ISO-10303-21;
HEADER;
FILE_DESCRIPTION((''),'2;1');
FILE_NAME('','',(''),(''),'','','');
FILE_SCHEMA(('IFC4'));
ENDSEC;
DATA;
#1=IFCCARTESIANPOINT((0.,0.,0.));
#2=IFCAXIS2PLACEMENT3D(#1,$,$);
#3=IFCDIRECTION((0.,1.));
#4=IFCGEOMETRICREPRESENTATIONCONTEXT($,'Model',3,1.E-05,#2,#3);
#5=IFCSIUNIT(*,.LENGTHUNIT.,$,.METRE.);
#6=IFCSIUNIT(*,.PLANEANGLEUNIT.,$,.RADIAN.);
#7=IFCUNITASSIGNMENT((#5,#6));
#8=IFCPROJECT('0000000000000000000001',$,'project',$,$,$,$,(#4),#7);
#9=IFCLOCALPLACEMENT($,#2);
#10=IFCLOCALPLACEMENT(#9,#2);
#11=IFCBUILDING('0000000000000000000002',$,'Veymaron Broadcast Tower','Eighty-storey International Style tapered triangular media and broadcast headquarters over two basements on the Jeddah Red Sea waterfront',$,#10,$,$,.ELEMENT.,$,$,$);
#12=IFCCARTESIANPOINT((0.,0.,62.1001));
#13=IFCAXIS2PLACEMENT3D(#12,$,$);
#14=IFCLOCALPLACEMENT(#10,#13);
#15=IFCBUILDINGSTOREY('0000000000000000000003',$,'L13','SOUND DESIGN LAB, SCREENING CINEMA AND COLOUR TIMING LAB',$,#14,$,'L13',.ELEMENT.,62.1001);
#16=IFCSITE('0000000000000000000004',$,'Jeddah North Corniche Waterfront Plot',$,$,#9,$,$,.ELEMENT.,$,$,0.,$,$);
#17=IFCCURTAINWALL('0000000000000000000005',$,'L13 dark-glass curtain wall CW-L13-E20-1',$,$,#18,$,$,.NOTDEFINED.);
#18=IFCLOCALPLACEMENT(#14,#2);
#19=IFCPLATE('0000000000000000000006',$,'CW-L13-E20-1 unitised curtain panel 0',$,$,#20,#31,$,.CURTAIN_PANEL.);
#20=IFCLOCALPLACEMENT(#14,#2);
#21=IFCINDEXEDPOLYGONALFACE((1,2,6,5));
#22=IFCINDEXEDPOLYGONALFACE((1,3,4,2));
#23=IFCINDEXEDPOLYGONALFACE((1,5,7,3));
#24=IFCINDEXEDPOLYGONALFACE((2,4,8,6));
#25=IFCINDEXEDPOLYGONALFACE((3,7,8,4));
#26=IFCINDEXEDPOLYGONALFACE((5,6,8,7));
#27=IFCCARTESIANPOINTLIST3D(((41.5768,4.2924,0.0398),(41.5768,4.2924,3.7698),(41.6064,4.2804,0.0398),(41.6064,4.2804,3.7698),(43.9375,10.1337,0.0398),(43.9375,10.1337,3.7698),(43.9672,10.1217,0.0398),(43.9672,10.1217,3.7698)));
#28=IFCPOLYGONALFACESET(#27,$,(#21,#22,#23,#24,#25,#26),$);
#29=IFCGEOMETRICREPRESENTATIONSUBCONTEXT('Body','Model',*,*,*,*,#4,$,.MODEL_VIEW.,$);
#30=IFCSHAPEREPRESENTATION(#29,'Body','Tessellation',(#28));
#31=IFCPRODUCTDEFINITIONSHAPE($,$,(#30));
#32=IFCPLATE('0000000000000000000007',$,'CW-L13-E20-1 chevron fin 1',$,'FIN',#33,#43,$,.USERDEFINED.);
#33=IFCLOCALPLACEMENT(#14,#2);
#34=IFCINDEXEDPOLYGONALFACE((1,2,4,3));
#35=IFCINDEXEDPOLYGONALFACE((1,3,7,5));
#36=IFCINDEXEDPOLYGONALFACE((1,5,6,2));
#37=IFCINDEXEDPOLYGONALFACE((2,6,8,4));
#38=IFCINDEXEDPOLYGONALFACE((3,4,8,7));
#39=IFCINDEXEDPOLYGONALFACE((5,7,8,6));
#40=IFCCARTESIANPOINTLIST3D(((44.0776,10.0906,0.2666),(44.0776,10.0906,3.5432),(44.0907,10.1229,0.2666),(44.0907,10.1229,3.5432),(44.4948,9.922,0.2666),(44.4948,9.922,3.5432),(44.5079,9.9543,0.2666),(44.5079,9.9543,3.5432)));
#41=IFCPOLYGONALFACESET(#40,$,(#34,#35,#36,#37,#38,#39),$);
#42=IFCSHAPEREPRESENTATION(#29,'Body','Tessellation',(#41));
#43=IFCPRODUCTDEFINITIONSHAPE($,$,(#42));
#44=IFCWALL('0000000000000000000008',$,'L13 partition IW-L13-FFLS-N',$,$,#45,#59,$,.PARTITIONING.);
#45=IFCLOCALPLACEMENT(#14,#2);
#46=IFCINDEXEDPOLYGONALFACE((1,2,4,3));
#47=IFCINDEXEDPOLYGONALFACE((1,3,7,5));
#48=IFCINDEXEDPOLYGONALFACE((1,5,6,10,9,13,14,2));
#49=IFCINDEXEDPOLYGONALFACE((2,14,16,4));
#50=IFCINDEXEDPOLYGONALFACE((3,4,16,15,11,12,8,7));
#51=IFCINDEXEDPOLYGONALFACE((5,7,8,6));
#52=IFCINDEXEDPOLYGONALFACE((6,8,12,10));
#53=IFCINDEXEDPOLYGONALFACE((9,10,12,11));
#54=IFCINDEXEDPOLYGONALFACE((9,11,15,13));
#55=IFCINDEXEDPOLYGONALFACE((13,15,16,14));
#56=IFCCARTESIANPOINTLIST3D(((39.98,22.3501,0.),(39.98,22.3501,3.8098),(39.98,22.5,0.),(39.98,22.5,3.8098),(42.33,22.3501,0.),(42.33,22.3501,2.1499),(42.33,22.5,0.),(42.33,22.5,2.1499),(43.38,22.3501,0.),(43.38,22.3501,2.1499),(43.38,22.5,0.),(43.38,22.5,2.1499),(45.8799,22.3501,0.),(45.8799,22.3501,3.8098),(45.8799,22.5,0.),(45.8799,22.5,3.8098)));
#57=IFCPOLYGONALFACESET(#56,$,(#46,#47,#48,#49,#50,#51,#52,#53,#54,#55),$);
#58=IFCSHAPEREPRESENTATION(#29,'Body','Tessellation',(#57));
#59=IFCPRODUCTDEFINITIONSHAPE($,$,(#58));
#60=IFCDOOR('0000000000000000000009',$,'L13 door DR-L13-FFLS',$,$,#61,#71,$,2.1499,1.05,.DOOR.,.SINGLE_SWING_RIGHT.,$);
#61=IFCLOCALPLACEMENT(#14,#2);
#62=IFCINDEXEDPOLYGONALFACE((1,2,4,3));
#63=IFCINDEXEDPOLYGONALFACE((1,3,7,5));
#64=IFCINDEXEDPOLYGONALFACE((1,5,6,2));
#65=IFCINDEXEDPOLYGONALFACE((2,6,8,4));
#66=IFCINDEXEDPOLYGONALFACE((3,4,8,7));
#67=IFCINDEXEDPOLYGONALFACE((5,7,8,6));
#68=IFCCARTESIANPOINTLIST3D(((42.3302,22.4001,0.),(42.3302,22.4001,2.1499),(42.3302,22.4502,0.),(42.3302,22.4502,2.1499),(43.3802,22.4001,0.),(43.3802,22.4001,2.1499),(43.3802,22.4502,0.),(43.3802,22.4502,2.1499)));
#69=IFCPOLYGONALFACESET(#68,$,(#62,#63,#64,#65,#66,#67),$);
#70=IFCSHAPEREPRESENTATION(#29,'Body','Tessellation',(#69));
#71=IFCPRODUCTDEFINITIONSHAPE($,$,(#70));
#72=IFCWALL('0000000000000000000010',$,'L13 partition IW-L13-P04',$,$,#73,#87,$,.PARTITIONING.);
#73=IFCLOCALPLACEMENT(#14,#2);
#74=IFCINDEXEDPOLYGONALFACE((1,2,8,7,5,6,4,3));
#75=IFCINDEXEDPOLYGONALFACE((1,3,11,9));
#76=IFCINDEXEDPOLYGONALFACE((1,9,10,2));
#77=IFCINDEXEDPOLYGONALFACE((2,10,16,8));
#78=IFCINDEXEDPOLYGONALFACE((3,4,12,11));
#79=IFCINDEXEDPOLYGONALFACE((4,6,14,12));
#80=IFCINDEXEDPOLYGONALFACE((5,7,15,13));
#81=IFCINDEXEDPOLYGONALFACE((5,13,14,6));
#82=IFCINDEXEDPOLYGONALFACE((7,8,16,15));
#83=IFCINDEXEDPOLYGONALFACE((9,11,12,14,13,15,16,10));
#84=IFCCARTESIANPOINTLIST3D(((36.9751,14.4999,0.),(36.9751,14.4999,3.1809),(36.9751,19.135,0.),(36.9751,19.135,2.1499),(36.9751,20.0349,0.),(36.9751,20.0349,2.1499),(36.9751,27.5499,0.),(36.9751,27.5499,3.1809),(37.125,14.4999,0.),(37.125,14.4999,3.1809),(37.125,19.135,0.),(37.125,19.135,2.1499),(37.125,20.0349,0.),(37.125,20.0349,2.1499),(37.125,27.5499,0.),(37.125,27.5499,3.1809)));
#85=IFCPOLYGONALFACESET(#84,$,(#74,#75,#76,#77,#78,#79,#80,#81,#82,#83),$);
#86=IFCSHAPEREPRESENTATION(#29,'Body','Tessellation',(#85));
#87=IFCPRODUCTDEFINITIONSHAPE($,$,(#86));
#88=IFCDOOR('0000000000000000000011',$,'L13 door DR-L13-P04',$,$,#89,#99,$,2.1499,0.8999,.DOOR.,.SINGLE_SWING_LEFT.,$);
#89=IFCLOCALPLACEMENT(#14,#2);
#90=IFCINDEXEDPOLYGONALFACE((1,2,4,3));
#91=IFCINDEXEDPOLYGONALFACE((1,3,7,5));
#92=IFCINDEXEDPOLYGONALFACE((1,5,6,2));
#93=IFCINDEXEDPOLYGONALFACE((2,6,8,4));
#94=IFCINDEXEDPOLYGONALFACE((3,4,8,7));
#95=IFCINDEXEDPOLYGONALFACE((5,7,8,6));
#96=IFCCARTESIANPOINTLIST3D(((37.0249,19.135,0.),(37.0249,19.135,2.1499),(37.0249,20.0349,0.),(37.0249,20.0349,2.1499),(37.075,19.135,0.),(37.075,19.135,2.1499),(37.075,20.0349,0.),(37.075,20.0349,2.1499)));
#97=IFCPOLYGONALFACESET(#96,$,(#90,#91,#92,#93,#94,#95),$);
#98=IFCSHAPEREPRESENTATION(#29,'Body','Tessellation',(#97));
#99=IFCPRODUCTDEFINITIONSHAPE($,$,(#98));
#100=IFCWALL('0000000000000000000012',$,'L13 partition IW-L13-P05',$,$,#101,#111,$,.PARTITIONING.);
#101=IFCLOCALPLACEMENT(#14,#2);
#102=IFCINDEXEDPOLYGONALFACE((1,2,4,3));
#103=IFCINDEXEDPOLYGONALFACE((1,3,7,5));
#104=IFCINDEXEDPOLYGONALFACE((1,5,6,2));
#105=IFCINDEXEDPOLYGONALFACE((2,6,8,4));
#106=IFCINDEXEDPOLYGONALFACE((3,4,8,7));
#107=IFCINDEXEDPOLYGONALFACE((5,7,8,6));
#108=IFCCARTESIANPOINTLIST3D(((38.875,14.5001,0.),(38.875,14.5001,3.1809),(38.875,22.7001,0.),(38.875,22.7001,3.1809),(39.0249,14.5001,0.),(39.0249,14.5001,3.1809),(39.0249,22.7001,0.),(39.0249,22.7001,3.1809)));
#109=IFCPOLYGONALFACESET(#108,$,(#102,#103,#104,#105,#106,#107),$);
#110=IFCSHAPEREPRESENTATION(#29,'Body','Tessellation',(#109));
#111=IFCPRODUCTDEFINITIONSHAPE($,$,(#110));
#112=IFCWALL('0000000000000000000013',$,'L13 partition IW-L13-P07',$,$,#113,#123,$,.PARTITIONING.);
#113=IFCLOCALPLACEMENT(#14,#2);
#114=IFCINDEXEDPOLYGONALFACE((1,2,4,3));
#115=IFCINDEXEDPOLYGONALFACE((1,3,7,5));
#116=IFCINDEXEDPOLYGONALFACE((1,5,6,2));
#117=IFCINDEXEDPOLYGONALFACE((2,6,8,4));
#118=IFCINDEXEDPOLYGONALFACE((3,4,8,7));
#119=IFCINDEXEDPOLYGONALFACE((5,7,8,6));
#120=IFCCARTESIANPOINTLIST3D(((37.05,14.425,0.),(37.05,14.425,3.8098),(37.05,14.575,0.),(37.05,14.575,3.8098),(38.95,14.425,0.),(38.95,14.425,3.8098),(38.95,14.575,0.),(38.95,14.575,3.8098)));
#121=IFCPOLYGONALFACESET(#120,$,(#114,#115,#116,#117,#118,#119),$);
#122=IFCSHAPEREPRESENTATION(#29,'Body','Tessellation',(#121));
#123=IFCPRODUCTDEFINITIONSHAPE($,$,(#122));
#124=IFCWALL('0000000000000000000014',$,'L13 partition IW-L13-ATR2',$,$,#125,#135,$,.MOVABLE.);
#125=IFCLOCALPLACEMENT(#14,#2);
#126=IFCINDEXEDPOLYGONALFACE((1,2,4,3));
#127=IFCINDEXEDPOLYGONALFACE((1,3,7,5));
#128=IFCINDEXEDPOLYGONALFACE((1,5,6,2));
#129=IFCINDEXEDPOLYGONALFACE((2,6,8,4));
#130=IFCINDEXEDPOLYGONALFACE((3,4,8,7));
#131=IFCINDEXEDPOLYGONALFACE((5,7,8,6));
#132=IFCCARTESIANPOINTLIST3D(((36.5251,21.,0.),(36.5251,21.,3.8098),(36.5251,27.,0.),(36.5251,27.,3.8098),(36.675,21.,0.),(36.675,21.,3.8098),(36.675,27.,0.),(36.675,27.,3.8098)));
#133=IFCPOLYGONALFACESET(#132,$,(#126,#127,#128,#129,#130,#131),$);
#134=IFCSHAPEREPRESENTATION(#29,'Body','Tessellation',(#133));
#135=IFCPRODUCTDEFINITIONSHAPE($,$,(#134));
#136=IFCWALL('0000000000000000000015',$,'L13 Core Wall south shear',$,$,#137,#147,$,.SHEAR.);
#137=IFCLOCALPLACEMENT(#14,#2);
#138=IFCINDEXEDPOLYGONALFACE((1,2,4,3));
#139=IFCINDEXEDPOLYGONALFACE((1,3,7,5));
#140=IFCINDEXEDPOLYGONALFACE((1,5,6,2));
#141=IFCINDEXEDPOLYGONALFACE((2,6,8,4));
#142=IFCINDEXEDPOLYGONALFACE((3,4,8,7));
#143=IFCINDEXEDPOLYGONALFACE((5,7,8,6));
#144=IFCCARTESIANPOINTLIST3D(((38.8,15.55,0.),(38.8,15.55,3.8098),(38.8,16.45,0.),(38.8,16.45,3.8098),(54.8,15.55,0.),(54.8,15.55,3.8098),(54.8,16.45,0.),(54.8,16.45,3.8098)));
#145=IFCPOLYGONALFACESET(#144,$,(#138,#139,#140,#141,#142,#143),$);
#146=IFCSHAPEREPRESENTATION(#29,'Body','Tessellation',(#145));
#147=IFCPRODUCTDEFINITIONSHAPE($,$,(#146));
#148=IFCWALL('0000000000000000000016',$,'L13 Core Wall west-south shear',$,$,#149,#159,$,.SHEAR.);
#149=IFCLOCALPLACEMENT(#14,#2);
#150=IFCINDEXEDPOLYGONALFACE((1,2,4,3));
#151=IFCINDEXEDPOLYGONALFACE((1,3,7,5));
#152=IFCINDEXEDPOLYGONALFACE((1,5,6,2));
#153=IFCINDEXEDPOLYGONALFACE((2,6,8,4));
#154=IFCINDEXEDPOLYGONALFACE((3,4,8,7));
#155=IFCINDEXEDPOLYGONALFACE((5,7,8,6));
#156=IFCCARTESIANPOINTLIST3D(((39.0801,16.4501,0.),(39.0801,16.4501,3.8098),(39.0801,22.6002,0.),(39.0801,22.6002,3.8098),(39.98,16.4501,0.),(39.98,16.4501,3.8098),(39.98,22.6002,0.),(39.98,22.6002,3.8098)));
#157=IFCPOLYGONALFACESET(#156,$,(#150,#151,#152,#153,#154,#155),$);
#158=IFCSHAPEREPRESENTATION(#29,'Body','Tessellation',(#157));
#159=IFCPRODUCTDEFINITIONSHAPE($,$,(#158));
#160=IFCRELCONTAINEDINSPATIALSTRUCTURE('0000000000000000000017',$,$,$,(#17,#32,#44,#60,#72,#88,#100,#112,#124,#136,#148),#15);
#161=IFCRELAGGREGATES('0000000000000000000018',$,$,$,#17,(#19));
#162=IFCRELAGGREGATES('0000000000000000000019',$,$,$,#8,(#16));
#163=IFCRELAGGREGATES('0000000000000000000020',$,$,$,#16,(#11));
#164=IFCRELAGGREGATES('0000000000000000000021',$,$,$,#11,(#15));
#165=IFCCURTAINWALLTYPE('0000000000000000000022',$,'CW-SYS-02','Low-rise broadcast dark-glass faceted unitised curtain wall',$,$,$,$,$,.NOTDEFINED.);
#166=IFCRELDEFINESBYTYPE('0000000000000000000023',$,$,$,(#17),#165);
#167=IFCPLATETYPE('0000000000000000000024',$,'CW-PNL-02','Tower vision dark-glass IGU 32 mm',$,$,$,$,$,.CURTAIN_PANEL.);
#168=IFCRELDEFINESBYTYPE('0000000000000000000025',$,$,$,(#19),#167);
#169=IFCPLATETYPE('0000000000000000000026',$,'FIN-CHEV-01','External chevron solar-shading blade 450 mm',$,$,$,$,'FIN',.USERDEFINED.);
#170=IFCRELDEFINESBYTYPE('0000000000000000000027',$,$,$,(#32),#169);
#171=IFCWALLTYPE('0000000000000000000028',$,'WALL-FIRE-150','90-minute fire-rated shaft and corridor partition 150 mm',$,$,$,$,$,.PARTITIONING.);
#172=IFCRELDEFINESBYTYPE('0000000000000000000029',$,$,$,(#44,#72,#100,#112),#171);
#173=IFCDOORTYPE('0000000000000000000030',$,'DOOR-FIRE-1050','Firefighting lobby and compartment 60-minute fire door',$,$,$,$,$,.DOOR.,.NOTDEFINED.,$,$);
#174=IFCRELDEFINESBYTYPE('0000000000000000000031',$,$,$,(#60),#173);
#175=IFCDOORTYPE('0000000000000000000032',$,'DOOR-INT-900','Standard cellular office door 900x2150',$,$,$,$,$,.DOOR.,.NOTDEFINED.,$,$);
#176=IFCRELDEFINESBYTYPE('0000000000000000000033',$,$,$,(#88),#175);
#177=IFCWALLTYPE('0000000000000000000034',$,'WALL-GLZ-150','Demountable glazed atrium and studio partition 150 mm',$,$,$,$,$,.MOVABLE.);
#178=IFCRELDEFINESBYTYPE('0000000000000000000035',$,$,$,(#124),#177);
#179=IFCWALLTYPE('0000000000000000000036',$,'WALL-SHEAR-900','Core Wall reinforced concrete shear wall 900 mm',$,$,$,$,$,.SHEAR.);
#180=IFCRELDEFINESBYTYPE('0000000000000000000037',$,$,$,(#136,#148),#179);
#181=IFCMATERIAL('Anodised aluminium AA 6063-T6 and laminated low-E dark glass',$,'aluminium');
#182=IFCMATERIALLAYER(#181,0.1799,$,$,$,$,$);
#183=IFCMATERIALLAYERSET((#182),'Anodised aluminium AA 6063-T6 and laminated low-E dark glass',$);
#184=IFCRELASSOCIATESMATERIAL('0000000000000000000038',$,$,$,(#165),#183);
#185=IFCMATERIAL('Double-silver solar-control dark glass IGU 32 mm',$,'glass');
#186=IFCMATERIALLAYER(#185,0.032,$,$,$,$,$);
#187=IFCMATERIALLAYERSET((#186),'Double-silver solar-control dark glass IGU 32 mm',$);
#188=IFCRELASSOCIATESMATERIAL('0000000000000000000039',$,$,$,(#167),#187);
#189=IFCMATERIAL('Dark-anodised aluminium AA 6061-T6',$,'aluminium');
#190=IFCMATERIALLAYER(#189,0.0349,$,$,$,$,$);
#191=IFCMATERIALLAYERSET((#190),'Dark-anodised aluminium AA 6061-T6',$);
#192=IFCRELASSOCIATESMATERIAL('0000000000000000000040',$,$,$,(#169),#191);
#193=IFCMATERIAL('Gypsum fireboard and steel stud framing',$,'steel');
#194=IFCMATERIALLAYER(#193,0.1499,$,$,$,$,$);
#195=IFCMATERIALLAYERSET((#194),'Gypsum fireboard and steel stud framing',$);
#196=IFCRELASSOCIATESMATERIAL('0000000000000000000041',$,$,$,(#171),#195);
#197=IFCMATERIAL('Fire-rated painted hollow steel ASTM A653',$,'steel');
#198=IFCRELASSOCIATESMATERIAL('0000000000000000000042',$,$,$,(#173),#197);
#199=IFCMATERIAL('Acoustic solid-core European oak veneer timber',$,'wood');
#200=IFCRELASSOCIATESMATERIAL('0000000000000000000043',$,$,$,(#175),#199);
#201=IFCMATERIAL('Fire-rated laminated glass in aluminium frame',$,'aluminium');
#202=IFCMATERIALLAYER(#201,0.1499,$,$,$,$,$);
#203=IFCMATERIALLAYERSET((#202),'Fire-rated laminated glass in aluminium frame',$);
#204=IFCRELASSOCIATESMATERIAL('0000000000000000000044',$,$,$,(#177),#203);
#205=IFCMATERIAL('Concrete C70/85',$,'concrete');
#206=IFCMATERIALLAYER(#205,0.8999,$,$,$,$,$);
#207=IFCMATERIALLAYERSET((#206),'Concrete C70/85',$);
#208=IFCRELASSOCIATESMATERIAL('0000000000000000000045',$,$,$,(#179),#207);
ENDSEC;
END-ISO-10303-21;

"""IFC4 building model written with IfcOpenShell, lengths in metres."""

from ifc_helpers import new_model, si_unit, direction, frame, frame_2d, origin, origin_2d, place, context, subcontext, project, spatial, rectangle, extrude, material, layer, layer_set, type_object, element, fill, aggregate, save


model = new_model("IFC4")

# Units and contexts
model_context = context("Model", 3, precision=1e-05, world=origin(), true_north=direction((0.0, 1.0)))
body_context = subcontext(model_context, "Body", "Model", "MODEL_VIEW")
ifc_project = project(units=[si_unit("LENGTHUNIT", "METRE"), si_unit("PLANEANGLEUNIT", "RADIAN")], contexts=[model_context])

# Site, building, storey
site_placement = place(None, origin())
site = spatial("IfcSite", under=ifc_project, at=site_placement, Name="Jeddah North Corniche Waterfront Plot", CompositionType="ELEMENT", RefElevation=0.0)
building_placement = place(site_placement, origin())
building = spatial("IfcBuilding", under=site, at=building_placement, Name="Veymaron Broadcast Tower", Description="Eighty-storey International Style tapered triangular media and broadcast headquarters over two basements on the Jeddah Red Sea waterfront", CompositionType="ELEMENT")
storey_placement = place(building_placement, frame((0.0, 0.0, 62.1001)))
storey = spatial("IfcBuildingStorey", under=building, at=storey_placement, Name="L13", Description="SOUND DESIGN LAB, SCREENING CINEMA AND COLOUR TIMING LAB", LongName="L13", CompositionType="ELEMENT", Elevation=62.1001)

# Shared definitions
ifc_material_1 = material(Name="Concrete C70/85", Category="concrete")

# Curtain wall, plate
ifc_material_2 = material(Name="Anodised aluminium AA 6063-T6 and laminated low-E dark glass", Category="aluminium")
ifc_layer_1 = layer(ifc_material_2, 0.1799)
ifc_layer_set_1 = layer_set([ifc_layer_1], Name="Anodised aluminium AA 6063-T6 and laminated low-E dark glass")
curtain_wall_type = type_object("IfcCurtainWallType", Name="CW-SYS-02", Description="Low-rise broadcast dark-glass faceted unitised curtain wall", PredefinedType="NOTDEFINED", material=ifc_layer_set_1)
curtain_wall_placement = place(storey_placement, origin())
curtain_wall = element("IfcCurtainWall", 1, at=curtain_wall_placement, inside=storey, type_object=curtain_wall_type, Name="L13 dark-glass curtain wall CW-L13-E20-1", PredefinedType="NOTDEFINED")
ifc_material_3 = material(Name="Double-silver solar-control dark glass IGU 32 mm", Category="glass")
ifc_layer_2 = layer(ifc_material_3, 0.032)
ifc_layer_set_2 = layer_set([ifc_layer_2], Name="Double-silver solar-control dark glass IGU 32 mm")
plate_type_1 = type_object("IfcPlateType", Name="CW-PNL-02", Description="Tower vision dark-glass IGU 32 mm", PredefinedType="CURTAIN_PANEL", material=ifc_layer_set_2)
plate_1_placement = place(storey_placement, frame((42.772, 7.207, 0.0398), z_axis=(0.0, 0.0, 1.0), x_axis=(0.374704, 0.927145, 0.0)))
plate_1 = element("IfcPlate", 2, at=plate_1_placement, type_object=plate_type_1, Name="CW-L13-E20-1 unitised curtain panel 0", PredefinedType="CURTAIN_PANEL", context=body_context, shape_type="SweptSolid", body=[
    extrude(rectangle(XDim=6.3003, YDim=0.032, at=origin_2d()), origin(), (0.0, 0.0, 1.0), 3.73),
])
aggregate(curtain_wall, [plate_1])

# Plate
ifc_material_4 = material(Name="Dark-anodised aluminium AA 6061-T6", Category="aluminium")
ifc_layer_3 = layer(ifc_material_4, 0.0349)
ifc_layer_set_3 = layer_set([ifc_layer_3], Name="Dark-anodised aluminium AA 6061-T6")
plate_type_2 = type_object("IfcPlateType", Name="FIN-CHEV-01", Description="External chevron solar-shading blade 450 mm", ElementType="FIN", PredefinedType="USERDEFINED", material=ifc_layer_set_3)
plate_2_placement = place(storey_placement, frame((44.2927, 10.0225, 0.2666), z_axis=(0.0, 0.0, 1.0), x_axis=(0.927145, -0.374704, 0.0)))
element("IfcPlate", 3, at=plate_2_placement, inside=storey, type_object=plate_type_2, Name="CW-L13-E20-1 chevron fin 1", ObjectType="FIN", PredefinedType="USERDEFINED", context=body_context, shape_type="SweptSolid", body=[
    extrude(rectangle(XDim=0.45, YDim=0.0349, at=origin_2d()), origin(), (0.0, 0.0, 1.0), 3.2766),
])

# Walls, openings, doors
ifc_material_5 = material(Name="Gypsum fireboard and steel stud framing", Category="steel")
ifc_layer_4 = layer(ifc_material_5, 0.1499)
ifc_layer_set_4 = layer_set([ifc_layer_4], Name="Gypsum fireboard and steel stud framing")
wall_type_1 = type_object("IfcWallType", Name="WALL-FIRE-150", Description="90-minute fire-rated shaft and corridor partition 150 mm", PredefinedType="PARTITIONING", material=ifc_layer_set_4)
wall_1_placement = place(storey_placement, frame((39.98, 22.425, 0.0), z_axis=(0.0, 0.0, 1.0), x_axis=(1.0, 0.0, 0.0)))
wall_1 = element("IfcWall", 4, at=wall_1_placement, inside=storey, type_object=wall_type_1, Name="L13 partition IW-L13-FFLS-N", PredefinedType="PARTITIONING", context=body_context, shape_type="SweptSolid", body=[
    extrude(rectangle(XDim=5.8999, YDim=0.1499, at=frame_2d((2.95, 0.0))), origin(), (0.0, 0.0, 1.0), 3.8098),
])
opening_1_placement = place(wall_1_placement, frame((2.3501, 0.0, 0.0)))
opening_1 = element("IfcOpeningElement", 5, at=opening_1_placement, cuts=wall_1, PredefinedType="OPENING", context=body_context, shape_type="SweptSolid", body=[
    extrude(rectangle(XDim=1.05, YDim=2.1499, at=frame_2d((0.5249, 1.075))), frame((0.0, 0.085, 0.0), z_axis=(0.0, -1.0, 0.0), x_axis=(1.0, 0.0, 0.0)), (0.0, 0.0, 1.0), 0.1699),
])
ifc_material_6 = material(Name="Fire-rated painted hollow steel ASTM A653", Category="steel")
door_type_1 = type_object("IfcDoorType", Name="DOOR-FIRE-1050", Description="Firefighting lobby and compartment 60-minute fire door", OperationType="NOTDEFINED", PredefinedType="DOOR", material=ifc_material_6)
door_1_placement = place(opening_1_placement, frame((1.05, 0.0, 0.0), z_axis=(0.0, 0.0, 1.0), x_axis=(-1.0, 0.0, 0.0)))
door_1 = element("IfcDoor", 6, at=door_1_placement, inside=storey, type_object=door_type_1, Name="L13 door DR-L13-FFLS", OperationType="SINGLE_SWING_RIGHT", OverallHeight=2.1499, OverallWidth=1.05, PredefinedType="DOOR", context=body_context, shape_type="SweptSolid", body=[
    extrude(rectangle(XDim=1.05, YDim=2.1499, at=frame_2d((0.5249, 1.075))), frame((0.0, 0.0249, 0.0), z_axis=(0.0, -1.0, 0.0), x_axis=(1.0, 0.0, 0.0)), (0.0, 0.0, 1.0), 0.05),
])
fill(opening_1, door_1)
wall_2_placement = place(storey_placement, frame((37.05, 14.5, 0.0), z_axis=(0.0, 0.0, 1.0), x_axis=(0.0, 1.0, 0.0)))
wall_2 = element("IfcWall", 7, at=wall_2_placement, inside=storey, type_object=wall_type_1, Name="L13 partition IW-L13-P04", PredefinedType="PARTITIONING", context=body_context, shape_type="SweptSolid", body=[
    extrude(rectangle(XDim=13.05, YDim=0.1499, at=frame_2d((6.5249, 0.0))), origin(), (0.0, 0.0, 1.0), 3.1809),
])
opening_2_placement = place(wall_2_placement, frame((4.635, 0.0, 0.0)))
opening_2 = element("IfcOpeningElement", 8, at=opening_2_placement, cuts=wall_2, PredefinedType="OPENING", context=body_context, shape_type="SweptSolid", body=[
    extrude(rectangle(XDim=0.8999, YDim=2.1499, at=frame_2d((0.45, 1.075))), frame((0.0, 0.085, 0.0), z_axis=(0.0, -1.0, 0.0), x_axis=(1.0, 0.0, 0.0)), (0.0, 0.0, 1.0), 0.1699),
])
ifc_material_7 = material(Name="Acoustic solid-core European oak veneer timber", Category="wood")
door_type_2 = type_object("IfcDoorType", Name="DOOR-INT-900", Description="Standard cellular office door 900x2150", OperationType="NOTDEFINED", PredefinedType="DOOR", material=ifc_material_7)
door_2_placement = place(opening_2_placement, frame((0.8999, 0.0, 0.0), z_axis=(0.0, 0.0, 1.0), x_axis=(-1.0, 0.0, 0.0)))
door_2 = element("IfcDoor", 9, at=door_2_placement, inside=storey, type_object=door_type_2, Name="L13 door DR-L13-P04", OperationType="SINGLE_SWING_LEFT", OverallHeight=2.1499, OverallWidth=0.8999, PredefinedType="DOOR", context=body_context, shape_type="SweptSolid", body=[
    extrude(rectangle(XDim=0.8999, YDim=2.1499, at=frame_2d((0.45, 1.075))), frame((0.0, 0.0249, 0.0), z_axis=(0.0, -1.0, 0.0), x_axis=(1.0, 0.0, 0.0)), (0.0, 0.0, 1.0), 0.05),
])
fill(opening_2, door_2)

# Walls
wall_3_placement = place(storey_placement, frame((38.95, 14.5, 0.0), z_axis=(0.0, 0.0, 1.0), x_axis=(0.0, 1.0, 0.0)))
element("IfcWall", 10, at=wall_3_placement, inside=storey, type_object=wall_type_1, Name="L13 partition IW-L13-P05", PredefinedType="PARTITIONING", context=body_context, shape_type="SweptSolid", body=[
    extrude(rectangle(XDim=8.2, YDim=0.1499, at=frame_2d((4.1001, 0.0))), origin(), (0.0, 0.0, 1.0), 3.1809),
])
wall_4_placement = place(storey_placement, frame((37.05, 14.5, 0.0), z_axis=(0.0, 0.0, 1.0), x_axis=(1.0, 0.0, 0.0)))
element("IfcWall", 11, at=wall_4_placement, inside=storey, type_object=wall_type_1, Name="L13 partition IW-L13-P07", PredefinedType="PARTITIONING", context=body_context, shape_type="SweptSolid", body=[
    extrude(rectangle(XDim=1.8999, YDim=0.1499, at=frame_2d((0.95, 0.0))), origin(), (0.0, 0.0, 1.0), 3.8098),
])
ifc_material_8 = material(Name="Fire-rated laminated glass in aluminium frame", Category="aluminium")
ifc_layer_5 = layer(ifc_material_8, 0.1499)
ifc_layer_set_5 = layer_set([ifc_layer_5], Name="Fire-rated laminated glass in aluminium frame")
wall_type_2 = type_object("IfcWallType", Name="WALL-GLZ-150", Description="Demountable glazed atrium and studio partition 150 mm", PredefinedType="MOVABLE", material=ifc_layer_set_5)
wall_5_placement = place(storey_placement, frame((36.6001, 21.0, 0.0), z_axis=(0.0, 0.0, 1.0), x_axis=(0.0, 1.0, 0.0)))
element("IfcWall", 12, at=wall_5_placement, inside=storey, type_object=wall_type_2, Name="L13 partition IW-L13-ATR2", PredefinedType="MOVABLE", context=body_context, shape_type="SweptSolid", body=[
    extrude(rectangle(XDim=6.0, YDim=0.1499, at=frame_2d((3.0, 0.0))), origin(), (0.0, 0.0, 1.0), 3.8098),
])

# Walls
ifc_layer_6 = layer(ifc_material_1, 0.8999)
ifc_layer_set_6 = layer_set([ifc_layer_6], Name="Concrete C70/85")
wall_type_3 = type_object("IfcWallType", Name="WALL-SHEAR-900", Description="Core Wall reinforced concrete shear wall 900 mm", PredefinedType="SHEAR", material=ifc_layer_set_6)
wall_6_placement = place(storey_placement, frame((38.8, 16.0, 0.0), z_axis=(0.0, 0.0, 1.0), x_axis=(1.0, 0.0, 0.0)))
element("IfcWall", 13, at=wall_6_placement, inside=storey, type_object=wall_type_3, Name="L13 Core Wall south shear", PredefinedType="SHEAR", context=body_context, shape_type="SweptSolid", body=[
    extrude(rectangle(XDim=16.0, YDim=0.8999, at=frame_2d((8.0, 0.0))), origin(), (0.0, 0.0, 1.0), 3.8098),
])
wall_7_placement = place(storey_placement, frame((39.53, 16.45, 0.0), z_axis=(0.0, 0.0, 1.0), x_axis=(0.0, 1.0, 0.0)))
element("IfcWall", 14, at=wall_7_placement, inside=storey, type_object=wall_type_3, Name="L13 Core Wall west-south shear", PredefinedType="SHEAR", context=body_context, shape_type="SweptSolid", body=[
    extrude(rectangle(XDim=6.1501, YDim=0.8999, at=frame_2d((3.0752, 0.0))), origin(), (0.0, 0.0, 1.0), 3.8098),
])

save(model, "model.ifc")
